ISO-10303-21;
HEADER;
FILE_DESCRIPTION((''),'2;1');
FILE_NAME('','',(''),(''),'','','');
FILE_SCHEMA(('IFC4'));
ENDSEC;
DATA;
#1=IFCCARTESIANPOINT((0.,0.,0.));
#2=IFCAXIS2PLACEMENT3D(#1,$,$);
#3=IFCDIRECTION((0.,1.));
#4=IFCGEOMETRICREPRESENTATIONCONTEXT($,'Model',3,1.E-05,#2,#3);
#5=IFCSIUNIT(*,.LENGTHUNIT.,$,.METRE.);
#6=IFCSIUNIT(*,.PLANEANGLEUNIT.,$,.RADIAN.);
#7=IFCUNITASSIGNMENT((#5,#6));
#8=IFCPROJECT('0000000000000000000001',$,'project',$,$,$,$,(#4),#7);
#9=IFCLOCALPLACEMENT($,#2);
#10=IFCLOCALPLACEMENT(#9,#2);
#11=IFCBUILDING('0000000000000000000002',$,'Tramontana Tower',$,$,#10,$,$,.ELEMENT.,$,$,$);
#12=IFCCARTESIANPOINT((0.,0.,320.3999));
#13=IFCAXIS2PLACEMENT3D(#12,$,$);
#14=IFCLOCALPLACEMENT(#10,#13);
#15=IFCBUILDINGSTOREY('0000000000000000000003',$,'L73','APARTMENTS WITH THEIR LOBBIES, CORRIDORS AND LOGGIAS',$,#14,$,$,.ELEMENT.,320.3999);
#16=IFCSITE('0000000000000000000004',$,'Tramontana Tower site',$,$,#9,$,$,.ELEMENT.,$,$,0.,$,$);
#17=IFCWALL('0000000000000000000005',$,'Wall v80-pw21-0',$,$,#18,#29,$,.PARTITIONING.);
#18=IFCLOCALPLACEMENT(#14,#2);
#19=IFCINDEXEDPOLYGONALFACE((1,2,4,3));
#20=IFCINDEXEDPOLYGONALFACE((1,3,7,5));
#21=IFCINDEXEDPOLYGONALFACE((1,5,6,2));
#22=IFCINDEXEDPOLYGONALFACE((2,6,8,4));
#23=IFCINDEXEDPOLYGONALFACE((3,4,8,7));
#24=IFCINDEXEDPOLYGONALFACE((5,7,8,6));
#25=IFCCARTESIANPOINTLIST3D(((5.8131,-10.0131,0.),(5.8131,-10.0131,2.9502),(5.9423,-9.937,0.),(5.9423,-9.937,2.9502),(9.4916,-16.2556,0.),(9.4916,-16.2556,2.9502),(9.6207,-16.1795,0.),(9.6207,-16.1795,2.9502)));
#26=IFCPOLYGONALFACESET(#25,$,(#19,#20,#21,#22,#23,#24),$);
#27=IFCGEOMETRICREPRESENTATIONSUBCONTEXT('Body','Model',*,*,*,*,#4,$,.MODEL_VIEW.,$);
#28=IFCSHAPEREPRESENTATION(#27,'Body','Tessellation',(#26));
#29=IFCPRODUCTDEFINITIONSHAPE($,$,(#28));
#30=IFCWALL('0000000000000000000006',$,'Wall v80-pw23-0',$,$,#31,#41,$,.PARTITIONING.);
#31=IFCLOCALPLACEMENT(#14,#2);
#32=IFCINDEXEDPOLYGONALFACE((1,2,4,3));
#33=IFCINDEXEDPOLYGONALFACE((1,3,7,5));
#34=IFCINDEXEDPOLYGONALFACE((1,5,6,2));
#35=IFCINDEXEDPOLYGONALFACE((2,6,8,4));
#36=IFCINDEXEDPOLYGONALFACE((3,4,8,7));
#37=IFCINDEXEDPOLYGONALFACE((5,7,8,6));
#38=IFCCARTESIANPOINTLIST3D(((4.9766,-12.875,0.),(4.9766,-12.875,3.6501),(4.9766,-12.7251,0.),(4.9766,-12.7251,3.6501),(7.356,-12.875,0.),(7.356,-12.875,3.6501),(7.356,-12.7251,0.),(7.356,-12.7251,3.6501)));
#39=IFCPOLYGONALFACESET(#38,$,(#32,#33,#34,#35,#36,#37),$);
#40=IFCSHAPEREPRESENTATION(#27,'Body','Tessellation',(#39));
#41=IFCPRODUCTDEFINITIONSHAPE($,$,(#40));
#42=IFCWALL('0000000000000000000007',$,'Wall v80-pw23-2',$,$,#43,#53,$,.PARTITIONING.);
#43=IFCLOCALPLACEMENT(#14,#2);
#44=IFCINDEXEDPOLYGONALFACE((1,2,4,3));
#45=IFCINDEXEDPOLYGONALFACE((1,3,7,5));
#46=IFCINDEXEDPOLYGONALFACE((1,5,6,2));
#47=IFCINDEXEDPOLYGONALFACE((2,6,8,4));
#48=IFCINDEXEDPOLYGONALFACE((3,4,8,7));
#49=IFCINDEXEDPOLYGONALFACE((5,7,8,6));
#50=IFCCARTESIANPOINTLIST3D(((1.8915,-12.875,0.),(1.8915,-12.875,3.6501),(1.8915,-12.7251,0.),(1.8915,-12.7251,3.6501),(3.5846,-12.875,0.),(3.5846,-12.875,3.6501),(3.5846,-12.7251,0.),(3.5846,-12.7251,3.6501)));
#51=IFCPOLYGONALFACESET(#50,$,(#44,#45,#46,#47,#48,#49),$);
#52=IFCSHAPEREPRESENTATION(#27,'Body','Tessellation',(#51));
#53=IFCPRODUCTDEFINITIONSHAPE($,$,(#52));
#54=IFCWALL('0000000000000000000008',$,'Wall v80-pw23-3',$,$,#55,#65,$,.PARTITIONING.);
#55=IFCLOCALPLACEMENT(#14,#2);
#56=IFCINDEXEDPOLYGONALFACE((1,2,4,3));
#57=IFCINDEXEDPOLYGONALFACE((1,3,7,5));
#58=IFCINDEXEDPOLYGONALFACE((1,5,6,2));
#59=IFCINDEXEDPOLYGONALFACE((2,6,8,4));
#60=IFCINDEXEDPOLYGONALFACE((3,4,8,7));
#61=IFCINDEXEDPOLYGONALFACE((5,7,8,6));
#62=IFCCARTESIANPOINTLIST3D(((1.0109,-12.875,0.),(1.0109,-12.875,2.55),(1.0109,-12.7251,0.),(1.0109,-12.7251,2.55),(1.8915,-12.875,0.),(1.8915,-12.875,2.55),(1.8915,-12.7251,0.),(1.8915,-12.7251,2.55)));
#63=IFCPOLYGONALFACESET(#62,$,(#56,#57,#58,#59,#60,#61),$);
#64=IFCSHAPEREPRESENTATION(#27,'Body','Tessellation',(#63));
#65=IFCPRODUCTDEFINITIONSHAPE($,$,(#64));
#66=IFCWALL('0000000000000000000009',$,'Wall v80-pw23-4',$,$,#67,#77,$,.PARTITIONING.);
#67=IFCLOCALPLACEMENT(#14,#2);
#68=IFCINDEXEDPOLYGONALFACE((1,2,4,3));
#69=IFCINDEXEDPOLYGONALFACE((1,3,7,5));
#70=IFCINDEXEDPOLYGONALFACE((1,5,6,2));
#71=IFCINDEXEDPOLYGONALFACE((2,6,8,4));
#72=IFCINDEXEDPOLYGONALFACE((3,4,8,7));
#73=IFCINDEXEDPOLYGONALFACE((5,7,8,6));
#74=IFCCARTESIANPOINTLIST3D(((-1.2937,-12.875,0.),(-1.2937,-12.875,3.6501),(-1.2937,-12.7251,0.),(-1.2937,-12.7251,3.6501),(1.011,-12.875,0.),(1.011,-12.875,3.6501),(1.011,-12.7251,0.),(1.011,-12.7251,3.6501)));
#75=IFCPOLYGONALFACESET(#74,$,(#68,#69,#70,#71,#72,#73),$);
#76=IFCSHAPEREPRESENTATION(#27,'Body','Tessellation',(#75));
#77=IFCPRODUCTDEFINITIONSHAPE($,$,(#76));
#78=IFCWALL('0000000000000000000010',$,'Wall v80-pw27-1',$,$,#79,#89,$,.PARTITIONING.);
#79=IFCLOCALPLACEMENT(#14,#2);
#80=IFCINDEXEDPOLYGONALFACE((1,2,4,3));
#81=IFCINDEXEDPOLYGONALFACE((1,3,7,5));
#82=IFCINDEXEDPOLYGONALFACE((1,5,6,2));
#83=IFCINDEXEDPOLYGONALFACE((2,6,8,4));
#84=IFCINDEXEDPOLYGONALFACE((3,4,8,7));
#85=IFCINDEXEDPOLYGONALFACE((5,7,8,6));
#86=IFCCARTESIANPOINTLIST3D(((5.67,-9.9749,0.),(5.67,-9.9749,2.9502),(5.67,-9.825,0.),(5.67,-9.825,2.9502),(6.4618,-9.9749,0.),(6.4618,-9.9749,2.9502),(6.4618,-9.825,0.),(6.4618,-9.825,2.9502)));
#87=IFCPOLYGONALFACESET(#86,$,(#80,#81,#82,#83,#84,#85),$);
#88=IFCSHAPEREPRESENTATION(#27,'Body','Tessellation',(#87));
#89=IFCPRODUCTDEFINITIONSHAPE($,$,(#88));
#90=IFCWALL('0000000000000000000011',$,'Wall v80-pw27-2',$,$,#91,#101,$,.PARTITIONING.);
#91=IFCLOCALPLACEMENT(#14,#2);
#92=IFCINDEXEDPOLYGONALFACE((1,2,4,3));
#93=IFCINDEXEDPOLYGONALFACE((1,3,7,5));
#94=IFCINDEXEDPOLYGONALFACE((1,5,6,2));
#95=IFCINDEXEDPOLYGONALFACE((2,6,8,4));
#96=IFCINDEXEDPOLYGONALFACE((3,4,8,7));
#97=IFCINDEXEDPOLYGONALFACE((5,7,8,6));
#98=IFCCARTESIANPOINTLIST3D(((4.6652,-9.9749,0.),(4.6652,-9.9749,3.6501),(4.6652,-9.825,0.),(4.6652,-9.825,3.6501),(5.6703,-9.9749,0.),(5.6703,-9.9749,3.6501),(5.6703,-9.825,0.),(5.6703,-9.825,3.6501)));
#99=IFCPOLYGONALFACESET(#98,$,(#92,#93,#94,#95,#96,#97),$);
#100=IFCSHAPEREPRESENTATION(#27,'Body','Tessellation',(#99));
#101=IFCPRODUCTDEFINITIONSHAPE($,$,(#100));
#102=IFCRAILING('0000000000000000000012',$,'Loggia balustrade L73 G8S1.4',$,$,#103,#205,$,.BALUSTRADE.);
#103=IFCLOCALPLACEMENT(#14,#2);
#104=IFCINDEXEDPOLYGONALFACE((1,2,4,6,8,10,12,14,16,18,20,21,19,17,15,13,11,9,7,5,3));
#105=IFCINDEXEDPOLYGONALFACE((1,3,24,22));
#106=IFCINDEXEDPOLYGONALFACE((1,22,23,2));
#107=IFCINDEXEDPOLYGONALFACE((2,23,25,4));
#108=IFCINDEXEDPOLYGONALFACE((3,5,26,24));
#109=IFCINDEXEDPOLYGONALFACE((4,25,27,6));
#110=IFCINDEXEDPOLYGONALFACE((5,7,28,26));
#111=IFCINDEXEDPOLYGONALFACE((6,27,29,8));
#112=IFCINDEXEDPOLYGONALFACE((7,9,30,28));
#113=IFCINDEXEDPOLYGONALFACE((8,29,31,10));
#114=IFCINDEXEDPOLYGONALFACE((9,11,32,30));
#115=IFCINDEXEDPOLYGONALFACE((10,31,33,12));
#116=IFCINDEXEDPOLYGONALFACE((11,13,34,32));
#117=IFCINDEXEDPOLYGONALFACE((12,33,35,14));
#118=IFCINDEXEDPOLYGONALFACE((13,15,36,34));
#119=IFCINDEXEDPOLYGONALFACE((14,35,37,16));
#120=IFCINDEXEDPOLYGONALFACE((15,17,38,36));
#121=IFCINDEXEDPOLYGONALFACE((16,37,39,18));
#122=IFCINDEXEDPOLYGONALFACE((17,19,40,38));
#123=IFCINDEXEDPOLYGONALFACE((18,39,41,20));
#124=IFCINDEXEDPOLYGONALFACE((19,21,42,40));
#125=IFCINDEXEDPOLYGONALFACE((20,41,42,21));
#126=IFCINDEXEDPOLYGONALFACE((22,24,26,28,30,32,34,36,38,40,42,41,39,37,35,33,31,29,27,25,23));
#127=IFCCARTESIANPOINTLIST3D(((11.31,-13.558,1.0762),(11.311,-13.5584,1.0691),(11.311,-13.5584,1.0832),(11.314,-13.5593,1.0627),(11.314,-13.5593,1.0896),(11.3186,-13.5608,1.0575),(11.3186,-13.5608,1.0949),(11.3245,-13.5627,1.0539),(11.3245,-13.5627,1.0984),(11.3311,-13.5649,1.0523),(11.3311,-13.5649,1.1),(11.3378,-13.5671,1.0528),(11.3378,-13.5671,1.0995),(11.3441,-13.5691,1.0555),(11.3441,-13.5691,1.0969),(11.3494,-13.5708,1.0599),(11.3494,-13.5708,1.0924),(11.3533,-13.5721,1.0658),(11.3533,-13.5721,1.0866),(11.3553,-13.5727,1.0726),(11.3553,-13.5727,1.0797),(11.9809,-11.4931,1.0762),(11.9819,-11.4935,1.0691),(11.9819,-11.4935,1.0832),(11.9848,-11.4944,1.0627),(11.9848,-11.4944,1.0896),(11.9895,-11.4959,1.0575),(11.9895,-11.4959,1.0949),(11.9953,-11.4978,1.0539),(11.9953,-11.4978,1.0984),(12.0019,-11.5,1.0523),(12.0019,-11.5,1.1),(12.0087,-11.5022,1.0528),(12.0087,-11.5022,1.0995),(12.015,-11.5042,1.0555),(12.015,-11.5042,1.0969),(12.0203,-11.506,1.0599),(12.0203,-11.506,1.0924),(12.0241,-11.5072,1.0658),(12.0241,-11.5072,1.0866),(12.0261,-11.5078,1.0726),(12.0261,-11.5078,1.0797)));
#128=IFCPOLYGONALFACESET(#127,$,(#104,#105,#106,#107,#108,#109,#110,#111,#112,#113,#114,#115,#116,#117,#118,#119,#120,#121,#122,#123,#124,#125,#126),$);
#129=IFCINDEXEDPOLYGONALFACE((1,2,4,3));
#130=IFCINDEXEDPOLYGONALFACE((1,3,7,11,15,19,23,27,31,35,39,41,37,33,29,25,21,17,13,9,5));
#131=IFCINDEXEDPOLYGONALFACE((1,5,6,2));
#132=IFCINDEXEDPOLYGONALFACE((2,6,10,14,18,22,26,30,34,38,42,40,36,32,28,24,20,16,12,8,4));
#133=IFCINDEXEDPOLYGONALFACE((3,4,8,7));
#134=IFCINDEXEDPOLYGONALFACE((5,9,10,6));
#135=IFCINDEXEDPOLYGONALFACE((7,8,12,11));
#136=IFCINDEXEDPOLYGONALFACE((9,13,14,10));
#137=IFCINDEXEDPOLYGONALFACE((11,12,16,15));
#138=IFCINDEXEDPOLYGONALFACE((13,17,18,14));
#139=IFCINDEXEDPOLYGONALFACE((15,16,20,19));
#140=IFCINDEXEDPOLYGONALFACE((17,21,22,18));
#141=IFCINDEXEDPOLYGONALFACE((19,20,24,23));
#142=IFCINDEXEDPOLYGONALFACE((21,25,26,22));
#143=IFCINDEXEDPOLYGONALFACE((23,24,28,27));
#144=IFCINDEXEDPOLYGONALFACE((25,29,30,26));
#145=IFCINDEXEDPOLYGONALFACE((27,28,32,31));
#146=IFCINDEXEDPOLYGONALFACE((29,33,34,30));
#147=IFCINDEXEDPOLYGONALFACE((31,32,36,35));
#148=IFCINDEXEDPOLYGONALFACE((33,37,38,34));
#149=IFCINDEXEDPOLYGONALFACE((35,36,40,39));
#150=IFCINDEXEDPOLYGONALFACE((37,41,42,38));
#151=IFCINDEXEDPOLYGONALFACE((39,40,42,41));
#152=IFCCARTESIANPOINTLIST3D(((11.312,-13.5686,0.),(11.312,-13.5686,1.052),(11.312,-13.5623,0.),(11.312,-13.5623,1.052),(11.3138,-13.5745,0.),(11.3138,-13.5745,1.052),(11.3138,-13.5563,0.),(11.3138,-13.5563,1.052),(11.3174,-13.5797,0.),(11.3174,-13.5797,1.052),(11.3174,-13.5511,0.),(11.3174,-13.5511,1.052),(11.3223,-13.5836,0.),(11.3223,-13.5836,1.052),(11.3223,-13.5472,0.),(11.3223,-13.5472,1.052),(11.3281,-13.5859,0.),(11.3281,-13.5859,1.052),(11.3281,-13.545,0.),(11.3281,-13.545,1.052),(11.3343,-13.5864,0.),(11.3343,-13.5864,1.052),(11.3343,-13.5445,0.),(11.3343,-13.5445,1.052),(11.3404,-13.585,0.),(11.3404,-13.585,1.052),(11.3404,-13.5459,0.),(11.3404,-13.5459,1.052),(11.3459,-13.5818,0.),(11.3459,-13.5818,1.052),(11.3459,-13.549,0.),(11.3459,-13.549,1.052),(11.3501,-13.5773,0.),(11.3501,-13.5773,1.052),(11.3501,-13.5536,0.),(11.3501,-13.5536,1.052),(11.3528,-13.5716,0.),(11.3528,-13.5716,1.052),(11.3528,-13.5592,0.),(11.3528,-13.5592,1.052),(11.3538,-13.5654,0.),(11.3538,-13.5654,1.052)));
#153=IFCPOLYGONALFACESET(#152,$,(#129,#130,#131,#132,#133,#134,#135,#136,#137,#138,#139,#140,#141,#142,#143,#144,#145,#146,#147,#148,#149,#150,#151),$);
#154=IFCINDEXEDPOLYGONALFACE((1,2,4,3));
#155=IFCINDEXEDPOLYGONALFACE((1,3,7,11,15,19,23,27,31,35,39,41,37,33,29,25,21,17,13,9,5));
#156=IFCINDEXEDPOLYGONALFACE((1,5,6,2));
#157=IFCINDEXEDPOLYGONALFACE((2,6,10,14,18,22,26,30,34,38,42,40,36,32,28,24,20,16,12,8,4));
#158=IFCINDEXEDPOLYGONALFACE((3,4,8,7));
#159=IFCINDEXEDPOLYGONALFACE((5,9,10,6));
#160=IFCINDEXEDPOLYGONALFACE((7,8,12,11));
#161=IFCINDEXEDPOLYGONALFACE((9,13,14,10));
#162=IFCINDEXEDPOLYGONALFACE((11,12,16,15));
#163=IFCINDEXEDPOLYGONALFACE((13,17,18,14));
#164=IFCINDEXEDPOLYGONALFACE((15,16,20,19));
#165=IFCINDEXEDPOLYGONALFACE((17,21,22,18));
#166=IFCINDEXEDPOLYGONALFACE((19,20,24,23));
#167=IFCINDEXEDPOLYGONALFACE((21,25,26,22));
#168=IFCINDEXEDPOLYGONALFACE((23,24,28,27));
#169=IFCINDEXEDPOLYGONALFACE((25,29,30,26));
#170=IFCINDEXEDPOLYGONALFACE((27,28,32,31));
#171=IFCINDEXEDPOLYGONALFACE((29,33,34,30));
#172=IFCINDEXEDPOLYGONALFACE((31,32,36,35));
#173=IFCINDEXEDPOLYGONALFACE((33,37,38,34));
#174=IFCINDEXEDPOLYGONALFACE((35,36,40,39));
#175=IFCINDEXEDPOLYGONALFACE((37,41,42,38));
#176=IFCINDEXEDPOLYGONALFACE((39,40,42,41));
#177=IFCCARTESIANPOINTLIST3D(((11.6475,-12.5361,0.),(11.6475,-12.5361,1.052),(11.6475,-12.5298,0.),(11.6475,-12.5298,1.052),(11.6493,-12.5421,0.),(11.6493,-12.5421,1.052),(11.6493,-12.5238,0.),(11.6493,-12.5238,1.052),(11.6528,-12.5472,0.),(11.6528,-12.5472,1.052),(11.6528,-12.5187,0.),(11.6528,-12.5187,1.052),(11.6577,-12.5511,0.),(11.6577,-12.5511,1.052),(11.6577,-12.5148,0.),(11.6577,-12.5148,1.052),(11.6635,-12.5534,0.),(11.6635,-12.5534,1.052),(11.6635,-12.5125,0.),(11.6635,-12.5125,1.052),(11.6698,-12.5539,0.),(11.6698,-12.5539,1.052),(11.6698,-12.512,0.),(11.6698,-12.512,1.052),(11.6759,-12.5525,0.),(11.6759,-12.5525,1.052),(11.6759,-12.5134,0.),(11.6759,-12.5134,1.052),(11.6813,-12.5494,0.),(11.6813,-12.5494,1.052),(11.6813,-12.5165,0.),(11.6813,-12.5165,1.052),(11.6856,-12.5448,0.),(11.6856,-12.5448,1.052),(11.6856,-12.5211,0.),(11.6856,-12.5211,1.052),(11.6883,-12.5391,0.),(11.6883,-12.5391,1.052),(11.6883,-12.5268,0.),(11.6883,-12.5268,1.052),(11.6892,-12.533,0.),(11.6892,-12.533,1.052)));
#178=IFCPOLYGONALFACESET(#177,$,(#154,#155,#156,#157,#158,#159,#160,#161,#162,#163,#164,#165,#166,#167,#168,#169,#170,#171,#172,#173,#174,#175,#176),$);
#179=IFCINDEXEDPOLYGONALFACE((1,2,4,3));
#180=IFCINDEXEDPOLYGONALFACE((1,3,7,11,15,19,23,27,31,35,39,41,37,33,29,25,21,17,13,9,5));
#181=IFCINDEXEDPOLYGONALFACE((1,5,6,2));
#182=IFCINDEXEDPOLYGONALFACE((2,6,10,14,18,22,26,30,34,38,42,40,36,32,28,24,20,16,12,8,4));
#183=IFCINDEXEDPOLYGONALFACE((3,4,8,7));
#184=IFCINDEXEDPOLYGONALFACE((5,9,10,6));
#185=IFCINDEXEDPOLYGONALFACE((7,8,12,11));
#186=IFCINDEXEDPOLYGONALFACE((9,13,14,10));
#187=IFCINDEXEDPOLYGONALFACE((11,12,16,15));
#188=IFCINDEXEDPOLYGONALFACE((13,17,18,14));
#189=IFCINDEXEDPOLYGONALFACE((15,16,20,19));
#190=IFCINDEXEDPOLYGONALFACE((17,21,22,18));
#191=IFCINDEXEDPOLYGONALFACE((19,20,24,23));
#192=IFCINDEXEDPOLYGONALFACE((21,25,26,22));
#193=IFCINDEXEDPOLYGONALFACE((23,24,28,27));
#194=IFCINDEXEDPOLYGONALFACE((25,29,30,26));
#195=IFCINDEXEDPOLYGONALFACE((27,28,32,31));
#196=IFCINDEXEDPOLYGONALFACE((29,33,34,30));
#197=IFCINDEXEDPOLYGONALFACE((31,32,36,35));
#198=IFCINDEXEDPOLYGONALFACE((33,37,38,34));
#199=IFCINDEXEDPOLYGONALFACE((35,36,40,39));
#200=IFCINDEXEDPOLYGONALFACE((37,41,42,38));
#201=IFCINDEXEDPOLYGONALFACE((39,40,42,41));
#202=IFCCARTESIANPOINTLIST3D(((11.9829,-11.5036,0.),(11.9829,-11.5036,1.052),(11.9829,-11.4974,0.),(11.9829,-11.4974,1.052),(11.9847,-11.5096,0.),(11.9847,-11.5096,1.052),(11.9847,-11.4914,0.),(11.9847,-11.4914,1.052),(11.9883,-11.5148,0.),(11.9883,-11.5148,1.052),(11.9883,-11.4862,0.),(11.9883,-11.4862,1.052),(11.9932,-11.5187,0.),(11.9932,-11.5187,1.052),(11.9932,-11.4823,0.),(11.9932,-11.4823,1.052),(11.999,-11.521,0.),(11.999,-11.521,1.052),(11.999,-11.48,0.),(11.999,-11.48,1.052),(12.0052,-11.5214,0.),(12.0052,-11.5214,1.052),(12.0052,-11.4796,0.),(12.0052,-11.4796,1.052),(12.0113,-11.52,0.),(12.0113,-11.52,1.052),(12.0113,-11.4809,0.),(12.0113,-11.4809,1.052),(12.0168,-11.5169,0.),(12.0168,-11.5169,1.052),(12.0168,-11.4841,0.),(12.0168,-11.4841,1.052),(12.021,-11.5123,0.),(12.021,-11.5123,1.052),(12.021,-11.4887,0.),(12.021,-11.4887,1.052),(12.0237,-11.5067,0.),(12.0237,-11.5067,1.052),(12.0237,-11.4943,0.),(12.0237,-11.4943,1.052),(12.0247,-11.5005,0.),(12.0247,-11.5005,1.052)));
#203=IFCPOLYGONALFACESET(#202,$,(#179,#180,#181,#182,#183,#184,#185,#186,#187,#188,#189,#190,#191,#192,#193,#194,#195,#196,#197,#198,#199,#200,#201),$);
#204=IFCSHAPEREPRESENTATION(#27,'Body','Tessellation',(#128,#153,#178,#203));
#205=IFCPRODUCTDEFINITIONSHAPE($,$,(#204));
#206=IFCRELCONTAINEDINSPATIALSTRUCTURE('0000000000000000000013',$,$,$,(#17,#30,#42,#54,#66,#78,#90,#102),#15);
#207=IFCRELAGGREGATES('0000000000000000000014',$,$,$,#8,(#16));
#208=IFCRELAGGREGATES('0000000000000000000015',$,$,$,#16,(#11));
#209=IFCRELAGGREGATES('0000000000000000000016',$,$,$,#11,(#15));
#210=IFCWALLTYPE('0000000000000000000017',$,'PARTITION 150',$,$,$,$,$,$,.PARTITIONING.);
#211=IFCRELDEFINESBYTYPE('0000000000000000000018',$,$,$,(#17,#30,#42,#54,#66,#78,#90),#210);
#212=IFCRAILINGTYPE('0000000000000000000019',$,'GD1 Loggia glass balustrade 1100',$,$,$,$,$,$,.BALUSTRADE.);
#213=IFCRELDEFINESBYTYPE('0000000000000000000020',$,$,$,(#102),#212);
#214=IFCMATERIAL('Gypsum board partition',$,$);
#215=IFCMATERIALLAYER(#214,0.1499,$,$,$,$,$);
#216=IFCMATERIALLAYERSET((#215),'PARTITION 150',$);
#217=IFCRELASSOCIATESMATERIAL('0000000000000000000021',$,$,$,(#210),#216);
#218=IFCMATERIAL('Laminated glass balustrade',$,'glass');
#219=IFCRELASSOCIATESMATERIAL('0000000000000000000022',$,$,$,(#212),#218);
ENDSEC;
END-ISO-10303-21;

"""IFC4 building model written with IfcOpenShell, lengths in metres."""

from ifc_helpers import new_model, si_unit, direction, frame, frame_2d, origin, origin_2d, place, context, subcontext, project, spatial, rectangle, circle, extrude, material, layer, layer_set, type_object, element, save


model = new_model("IFC4")

# Units and contexts
model_context = context("Model", 3, precision=1e-05, world=origin(), true_north=direction((0.0, 1.0)))
body_context = subcontext(model_context, "Body", "Model", "MODEL_VIEW")
ifc_project = project(units=[si_unit("LENGTHUNIT", "METRE"), si_unit("PLANEANGLEUNIT", "RADIAN")], contexts=[model_context])

# Site, building, storey
site_placement = place(None, origin())
site = spatial("IfcSite", under=ifc_project, at=site_placement, Name="Tramontana Tower site", CompositionType="ELEMENT", RefElevation=0.0)
building_placement = place(site_placement, origin())
building = spatial("IfcBuilding", under=site, at=building_placement, Name="Tramontana Tower", CompositionType="ELEMENT")
storey_placement = place(building_placement, frame((0.0, 0.0, 320.3999)))
storey = spatial("IfcBuildingStorey", under=building, at=storey_placement, Name="L73", Description="APARTMENTS WITH THEIR LOBBIES, CORRIDORS AND LOGGIAS", CompositionType="ELEMENT", Elevation=320.3999)

# Shared definitions
ifc_material_1 = material(Name="Gypsum board partition")
ifc_layer_1 = layer(ifc_material_1, 0.1499)
ifc_layer_set_1 = layer_set([ifc_layer_1], Name="PARTITION 150")
wall_type_1 = type_object("IfcWallType", Name="PARTITION 150", PredefinedType="PARTITIONING", material=ifc_layer_set_1)

# Walls
wall_1_placement = place(storey_placement, frame((5.8777, -9.9751, 0.0), z_axis=(0.0, 0.0, 1.0), x_axis=(0.507681, -0.861545, 0.0)))
element("IfcWall", 1, at=wall_1_placement, inside=storey, type_object=wall_type_1, Name="Wall v80-pw21-0", PredefinedType="PARTITIONING", context=body_context, shape_type="SweptSolid", body=[
    extrude(rectangle(XDim=7.2456, YDim=0.1499, at=frame_2d((3.6228, 0.0))), origin(), (0.0, 0.0, 1.0), 2.9502),
])
wall_2_placement = place(storey_placement, frame((7.356, -12.8, 0.0), z_axis=(0.0, 0.0, 1.0), x_axis=(-1.0, 0.0, 0.0)))
element("IfcWall", 2, at=wall_2_placement, inside=storey, type_object=wall_type_1, Name="Wall v80-pw23-0", PredefinedType="PARTITIONING", context=body_context, shape_type="SweptSolid", body=[
    extrude(rectangle(XDim=2.3794, YDim=0.1499, at=frame_2d((1.1897, 0.0))), origin(), (0.0, 0.0, 1.0), 3.6501),
])

# Walls
wall_3_placement = place(storey_placement, frame((3.5847, -12.8, 0.0), z_axis=(0.0, 0.0, 1.0), x_axis=(-1.0, 0.0, 0.0)))
element("IfcWall", 3, at=wall_3_placement, inside=storey, type_object=wall_type_1, Name="Wall v80-pw23-2", PredefinedType="PARTITIONING", context=body_context, shape_type="SweptSolid", body=[
    extrude(rectangle(XDim=1.6931, YDim=0.1499, at=frame_2d((0.8467, 0.0))), origin(), (0.0, 0.0, 1.0), 3.6501),
])
wall_4_placement = place(storey_placement, frame((1.8916, -12.8, 0.0), z_axis=(0.0, 0.0, 1.0), x_axis=(-1.0, 0.0, 0.0)))
element("IfcWall", 4, at=wall_4_placement, inside=storey, type_object=wall_type_1, Name="Wall v80-pw23-3", PredefinedType="PARTITIONING", context=body_context, shape_type="SweptSolid", body=[
    extrude(rectangle(XDim=0.8806, YDim=0.1499, at=frame_2d((0.4404, 0.0))), origin(), (0.0, 0.0, 1.0), 2.55),
])
wall_5_placement = place(storey_placement, frame((1.011, -12.8, 0.0), z_axis=(0.0, 0.0, 1.0), x_axis=(-1.0, 0.0, 0.0)))
element("IfcWall", 5, at=wall_5_placement, inside=storey, type_object=wall_type_1, Name="Wall v80-pw23-4", PredefinedType="PARTITIONING", context=body_context, shape_type="SweptSolid", body=[
    extrude(rectangle(XDim=2.3047, YDim=0.1499, at=frame_2d((1.1523, 0.0))), origin(), (0.0, 0.0, 1.0), 3.6501),
])
wall_6_placement = place(storey_placement, frame((6.4619, -9.8999, 0.0), z_axis=(0.0, 0.0, 1.0), x_axis=(-1.0, 0.0, 0.0)))
element("IfcWall", 6, at=wall_6_placement, inside=storey, type_object=wall_type_1, Name="Wall v80-pw27-1", PredefinedType="PARTITIONING", context=body_context, shape_type="SweptSolid", body=[
    extrude(rectangle(XDim=0.7917, YDim=0.1499, at=frame_2d((0.396, 0.0))), origin(), (0.0, 0.0, 1.0), 2.9502),
])
wall_7_placement = place(storey_placement, frame((5.6702, -9.8999, 0.0), z_axis=(0.0, 0.0, 1.0), x_axis=(-1.0, 0.0, 0.0)))
element("IfcWall", 7, at=wall_7_placement, inside=storey, type_object=wall_type_1, Name="Wall v80-pw27-2", PredefinedType="PARTITIONING", context=body_context, shape_type="SweptSolid", body=[
    extrude(rectangle(XDim=1.0051, YDim=0.1499, at=frame_2d((0.5024, 0.0))), origin(), (0.0, 0.0, 1.0), 3.6501),
])

# Railing
ifc_material_2 = material(Name="Laminated glass balustrade", Category="glass")
railing_type = type_object("IfcRailingType", Name="GD1 Loggia glass balustrade 1100", PredefinedType="BALUSTRADE", material=ifc_material_2)
railing_placement = place(storey_placement, frame((11.3328, -13.5654, 0.0)))
element("IfcRailing", 8, at=railing_placement, inside=storey, type_object=railing_type, Name="Loggia balustrade L73 G8S1.4", PredefinedType="BALUSTRADE", context=body_context, shape_type="SweptSolid", body=[
    extrude(circle(Radius=0.0239, at=origin_2d()), frame((0.0, 0.0, 1.0762), z_axis=(0.309, 0.951062, 0.0), x_axis=(-0.951062, 0.309, 0.0)), (0.0, 0.0, 1.0), 2.1711),
    extrude(circle(Radius=0.021, at=origin_2d()), origin(), (0.0, 0.0, 1.0), 1.052),
    extrude(circle(Radius=0.021, at=origin_2d()), frame((0.3354, 1.0325, 0.0)), (0.0, 0.0, 1.0), 1.052),
    extrude(circle(Radius=0.021, at=origin_2d()), frame((0.6709, 2.0649, 0.0)), (0.0, 0.0, 1.0), 1.052),
])

save(model, "model.ifc")
